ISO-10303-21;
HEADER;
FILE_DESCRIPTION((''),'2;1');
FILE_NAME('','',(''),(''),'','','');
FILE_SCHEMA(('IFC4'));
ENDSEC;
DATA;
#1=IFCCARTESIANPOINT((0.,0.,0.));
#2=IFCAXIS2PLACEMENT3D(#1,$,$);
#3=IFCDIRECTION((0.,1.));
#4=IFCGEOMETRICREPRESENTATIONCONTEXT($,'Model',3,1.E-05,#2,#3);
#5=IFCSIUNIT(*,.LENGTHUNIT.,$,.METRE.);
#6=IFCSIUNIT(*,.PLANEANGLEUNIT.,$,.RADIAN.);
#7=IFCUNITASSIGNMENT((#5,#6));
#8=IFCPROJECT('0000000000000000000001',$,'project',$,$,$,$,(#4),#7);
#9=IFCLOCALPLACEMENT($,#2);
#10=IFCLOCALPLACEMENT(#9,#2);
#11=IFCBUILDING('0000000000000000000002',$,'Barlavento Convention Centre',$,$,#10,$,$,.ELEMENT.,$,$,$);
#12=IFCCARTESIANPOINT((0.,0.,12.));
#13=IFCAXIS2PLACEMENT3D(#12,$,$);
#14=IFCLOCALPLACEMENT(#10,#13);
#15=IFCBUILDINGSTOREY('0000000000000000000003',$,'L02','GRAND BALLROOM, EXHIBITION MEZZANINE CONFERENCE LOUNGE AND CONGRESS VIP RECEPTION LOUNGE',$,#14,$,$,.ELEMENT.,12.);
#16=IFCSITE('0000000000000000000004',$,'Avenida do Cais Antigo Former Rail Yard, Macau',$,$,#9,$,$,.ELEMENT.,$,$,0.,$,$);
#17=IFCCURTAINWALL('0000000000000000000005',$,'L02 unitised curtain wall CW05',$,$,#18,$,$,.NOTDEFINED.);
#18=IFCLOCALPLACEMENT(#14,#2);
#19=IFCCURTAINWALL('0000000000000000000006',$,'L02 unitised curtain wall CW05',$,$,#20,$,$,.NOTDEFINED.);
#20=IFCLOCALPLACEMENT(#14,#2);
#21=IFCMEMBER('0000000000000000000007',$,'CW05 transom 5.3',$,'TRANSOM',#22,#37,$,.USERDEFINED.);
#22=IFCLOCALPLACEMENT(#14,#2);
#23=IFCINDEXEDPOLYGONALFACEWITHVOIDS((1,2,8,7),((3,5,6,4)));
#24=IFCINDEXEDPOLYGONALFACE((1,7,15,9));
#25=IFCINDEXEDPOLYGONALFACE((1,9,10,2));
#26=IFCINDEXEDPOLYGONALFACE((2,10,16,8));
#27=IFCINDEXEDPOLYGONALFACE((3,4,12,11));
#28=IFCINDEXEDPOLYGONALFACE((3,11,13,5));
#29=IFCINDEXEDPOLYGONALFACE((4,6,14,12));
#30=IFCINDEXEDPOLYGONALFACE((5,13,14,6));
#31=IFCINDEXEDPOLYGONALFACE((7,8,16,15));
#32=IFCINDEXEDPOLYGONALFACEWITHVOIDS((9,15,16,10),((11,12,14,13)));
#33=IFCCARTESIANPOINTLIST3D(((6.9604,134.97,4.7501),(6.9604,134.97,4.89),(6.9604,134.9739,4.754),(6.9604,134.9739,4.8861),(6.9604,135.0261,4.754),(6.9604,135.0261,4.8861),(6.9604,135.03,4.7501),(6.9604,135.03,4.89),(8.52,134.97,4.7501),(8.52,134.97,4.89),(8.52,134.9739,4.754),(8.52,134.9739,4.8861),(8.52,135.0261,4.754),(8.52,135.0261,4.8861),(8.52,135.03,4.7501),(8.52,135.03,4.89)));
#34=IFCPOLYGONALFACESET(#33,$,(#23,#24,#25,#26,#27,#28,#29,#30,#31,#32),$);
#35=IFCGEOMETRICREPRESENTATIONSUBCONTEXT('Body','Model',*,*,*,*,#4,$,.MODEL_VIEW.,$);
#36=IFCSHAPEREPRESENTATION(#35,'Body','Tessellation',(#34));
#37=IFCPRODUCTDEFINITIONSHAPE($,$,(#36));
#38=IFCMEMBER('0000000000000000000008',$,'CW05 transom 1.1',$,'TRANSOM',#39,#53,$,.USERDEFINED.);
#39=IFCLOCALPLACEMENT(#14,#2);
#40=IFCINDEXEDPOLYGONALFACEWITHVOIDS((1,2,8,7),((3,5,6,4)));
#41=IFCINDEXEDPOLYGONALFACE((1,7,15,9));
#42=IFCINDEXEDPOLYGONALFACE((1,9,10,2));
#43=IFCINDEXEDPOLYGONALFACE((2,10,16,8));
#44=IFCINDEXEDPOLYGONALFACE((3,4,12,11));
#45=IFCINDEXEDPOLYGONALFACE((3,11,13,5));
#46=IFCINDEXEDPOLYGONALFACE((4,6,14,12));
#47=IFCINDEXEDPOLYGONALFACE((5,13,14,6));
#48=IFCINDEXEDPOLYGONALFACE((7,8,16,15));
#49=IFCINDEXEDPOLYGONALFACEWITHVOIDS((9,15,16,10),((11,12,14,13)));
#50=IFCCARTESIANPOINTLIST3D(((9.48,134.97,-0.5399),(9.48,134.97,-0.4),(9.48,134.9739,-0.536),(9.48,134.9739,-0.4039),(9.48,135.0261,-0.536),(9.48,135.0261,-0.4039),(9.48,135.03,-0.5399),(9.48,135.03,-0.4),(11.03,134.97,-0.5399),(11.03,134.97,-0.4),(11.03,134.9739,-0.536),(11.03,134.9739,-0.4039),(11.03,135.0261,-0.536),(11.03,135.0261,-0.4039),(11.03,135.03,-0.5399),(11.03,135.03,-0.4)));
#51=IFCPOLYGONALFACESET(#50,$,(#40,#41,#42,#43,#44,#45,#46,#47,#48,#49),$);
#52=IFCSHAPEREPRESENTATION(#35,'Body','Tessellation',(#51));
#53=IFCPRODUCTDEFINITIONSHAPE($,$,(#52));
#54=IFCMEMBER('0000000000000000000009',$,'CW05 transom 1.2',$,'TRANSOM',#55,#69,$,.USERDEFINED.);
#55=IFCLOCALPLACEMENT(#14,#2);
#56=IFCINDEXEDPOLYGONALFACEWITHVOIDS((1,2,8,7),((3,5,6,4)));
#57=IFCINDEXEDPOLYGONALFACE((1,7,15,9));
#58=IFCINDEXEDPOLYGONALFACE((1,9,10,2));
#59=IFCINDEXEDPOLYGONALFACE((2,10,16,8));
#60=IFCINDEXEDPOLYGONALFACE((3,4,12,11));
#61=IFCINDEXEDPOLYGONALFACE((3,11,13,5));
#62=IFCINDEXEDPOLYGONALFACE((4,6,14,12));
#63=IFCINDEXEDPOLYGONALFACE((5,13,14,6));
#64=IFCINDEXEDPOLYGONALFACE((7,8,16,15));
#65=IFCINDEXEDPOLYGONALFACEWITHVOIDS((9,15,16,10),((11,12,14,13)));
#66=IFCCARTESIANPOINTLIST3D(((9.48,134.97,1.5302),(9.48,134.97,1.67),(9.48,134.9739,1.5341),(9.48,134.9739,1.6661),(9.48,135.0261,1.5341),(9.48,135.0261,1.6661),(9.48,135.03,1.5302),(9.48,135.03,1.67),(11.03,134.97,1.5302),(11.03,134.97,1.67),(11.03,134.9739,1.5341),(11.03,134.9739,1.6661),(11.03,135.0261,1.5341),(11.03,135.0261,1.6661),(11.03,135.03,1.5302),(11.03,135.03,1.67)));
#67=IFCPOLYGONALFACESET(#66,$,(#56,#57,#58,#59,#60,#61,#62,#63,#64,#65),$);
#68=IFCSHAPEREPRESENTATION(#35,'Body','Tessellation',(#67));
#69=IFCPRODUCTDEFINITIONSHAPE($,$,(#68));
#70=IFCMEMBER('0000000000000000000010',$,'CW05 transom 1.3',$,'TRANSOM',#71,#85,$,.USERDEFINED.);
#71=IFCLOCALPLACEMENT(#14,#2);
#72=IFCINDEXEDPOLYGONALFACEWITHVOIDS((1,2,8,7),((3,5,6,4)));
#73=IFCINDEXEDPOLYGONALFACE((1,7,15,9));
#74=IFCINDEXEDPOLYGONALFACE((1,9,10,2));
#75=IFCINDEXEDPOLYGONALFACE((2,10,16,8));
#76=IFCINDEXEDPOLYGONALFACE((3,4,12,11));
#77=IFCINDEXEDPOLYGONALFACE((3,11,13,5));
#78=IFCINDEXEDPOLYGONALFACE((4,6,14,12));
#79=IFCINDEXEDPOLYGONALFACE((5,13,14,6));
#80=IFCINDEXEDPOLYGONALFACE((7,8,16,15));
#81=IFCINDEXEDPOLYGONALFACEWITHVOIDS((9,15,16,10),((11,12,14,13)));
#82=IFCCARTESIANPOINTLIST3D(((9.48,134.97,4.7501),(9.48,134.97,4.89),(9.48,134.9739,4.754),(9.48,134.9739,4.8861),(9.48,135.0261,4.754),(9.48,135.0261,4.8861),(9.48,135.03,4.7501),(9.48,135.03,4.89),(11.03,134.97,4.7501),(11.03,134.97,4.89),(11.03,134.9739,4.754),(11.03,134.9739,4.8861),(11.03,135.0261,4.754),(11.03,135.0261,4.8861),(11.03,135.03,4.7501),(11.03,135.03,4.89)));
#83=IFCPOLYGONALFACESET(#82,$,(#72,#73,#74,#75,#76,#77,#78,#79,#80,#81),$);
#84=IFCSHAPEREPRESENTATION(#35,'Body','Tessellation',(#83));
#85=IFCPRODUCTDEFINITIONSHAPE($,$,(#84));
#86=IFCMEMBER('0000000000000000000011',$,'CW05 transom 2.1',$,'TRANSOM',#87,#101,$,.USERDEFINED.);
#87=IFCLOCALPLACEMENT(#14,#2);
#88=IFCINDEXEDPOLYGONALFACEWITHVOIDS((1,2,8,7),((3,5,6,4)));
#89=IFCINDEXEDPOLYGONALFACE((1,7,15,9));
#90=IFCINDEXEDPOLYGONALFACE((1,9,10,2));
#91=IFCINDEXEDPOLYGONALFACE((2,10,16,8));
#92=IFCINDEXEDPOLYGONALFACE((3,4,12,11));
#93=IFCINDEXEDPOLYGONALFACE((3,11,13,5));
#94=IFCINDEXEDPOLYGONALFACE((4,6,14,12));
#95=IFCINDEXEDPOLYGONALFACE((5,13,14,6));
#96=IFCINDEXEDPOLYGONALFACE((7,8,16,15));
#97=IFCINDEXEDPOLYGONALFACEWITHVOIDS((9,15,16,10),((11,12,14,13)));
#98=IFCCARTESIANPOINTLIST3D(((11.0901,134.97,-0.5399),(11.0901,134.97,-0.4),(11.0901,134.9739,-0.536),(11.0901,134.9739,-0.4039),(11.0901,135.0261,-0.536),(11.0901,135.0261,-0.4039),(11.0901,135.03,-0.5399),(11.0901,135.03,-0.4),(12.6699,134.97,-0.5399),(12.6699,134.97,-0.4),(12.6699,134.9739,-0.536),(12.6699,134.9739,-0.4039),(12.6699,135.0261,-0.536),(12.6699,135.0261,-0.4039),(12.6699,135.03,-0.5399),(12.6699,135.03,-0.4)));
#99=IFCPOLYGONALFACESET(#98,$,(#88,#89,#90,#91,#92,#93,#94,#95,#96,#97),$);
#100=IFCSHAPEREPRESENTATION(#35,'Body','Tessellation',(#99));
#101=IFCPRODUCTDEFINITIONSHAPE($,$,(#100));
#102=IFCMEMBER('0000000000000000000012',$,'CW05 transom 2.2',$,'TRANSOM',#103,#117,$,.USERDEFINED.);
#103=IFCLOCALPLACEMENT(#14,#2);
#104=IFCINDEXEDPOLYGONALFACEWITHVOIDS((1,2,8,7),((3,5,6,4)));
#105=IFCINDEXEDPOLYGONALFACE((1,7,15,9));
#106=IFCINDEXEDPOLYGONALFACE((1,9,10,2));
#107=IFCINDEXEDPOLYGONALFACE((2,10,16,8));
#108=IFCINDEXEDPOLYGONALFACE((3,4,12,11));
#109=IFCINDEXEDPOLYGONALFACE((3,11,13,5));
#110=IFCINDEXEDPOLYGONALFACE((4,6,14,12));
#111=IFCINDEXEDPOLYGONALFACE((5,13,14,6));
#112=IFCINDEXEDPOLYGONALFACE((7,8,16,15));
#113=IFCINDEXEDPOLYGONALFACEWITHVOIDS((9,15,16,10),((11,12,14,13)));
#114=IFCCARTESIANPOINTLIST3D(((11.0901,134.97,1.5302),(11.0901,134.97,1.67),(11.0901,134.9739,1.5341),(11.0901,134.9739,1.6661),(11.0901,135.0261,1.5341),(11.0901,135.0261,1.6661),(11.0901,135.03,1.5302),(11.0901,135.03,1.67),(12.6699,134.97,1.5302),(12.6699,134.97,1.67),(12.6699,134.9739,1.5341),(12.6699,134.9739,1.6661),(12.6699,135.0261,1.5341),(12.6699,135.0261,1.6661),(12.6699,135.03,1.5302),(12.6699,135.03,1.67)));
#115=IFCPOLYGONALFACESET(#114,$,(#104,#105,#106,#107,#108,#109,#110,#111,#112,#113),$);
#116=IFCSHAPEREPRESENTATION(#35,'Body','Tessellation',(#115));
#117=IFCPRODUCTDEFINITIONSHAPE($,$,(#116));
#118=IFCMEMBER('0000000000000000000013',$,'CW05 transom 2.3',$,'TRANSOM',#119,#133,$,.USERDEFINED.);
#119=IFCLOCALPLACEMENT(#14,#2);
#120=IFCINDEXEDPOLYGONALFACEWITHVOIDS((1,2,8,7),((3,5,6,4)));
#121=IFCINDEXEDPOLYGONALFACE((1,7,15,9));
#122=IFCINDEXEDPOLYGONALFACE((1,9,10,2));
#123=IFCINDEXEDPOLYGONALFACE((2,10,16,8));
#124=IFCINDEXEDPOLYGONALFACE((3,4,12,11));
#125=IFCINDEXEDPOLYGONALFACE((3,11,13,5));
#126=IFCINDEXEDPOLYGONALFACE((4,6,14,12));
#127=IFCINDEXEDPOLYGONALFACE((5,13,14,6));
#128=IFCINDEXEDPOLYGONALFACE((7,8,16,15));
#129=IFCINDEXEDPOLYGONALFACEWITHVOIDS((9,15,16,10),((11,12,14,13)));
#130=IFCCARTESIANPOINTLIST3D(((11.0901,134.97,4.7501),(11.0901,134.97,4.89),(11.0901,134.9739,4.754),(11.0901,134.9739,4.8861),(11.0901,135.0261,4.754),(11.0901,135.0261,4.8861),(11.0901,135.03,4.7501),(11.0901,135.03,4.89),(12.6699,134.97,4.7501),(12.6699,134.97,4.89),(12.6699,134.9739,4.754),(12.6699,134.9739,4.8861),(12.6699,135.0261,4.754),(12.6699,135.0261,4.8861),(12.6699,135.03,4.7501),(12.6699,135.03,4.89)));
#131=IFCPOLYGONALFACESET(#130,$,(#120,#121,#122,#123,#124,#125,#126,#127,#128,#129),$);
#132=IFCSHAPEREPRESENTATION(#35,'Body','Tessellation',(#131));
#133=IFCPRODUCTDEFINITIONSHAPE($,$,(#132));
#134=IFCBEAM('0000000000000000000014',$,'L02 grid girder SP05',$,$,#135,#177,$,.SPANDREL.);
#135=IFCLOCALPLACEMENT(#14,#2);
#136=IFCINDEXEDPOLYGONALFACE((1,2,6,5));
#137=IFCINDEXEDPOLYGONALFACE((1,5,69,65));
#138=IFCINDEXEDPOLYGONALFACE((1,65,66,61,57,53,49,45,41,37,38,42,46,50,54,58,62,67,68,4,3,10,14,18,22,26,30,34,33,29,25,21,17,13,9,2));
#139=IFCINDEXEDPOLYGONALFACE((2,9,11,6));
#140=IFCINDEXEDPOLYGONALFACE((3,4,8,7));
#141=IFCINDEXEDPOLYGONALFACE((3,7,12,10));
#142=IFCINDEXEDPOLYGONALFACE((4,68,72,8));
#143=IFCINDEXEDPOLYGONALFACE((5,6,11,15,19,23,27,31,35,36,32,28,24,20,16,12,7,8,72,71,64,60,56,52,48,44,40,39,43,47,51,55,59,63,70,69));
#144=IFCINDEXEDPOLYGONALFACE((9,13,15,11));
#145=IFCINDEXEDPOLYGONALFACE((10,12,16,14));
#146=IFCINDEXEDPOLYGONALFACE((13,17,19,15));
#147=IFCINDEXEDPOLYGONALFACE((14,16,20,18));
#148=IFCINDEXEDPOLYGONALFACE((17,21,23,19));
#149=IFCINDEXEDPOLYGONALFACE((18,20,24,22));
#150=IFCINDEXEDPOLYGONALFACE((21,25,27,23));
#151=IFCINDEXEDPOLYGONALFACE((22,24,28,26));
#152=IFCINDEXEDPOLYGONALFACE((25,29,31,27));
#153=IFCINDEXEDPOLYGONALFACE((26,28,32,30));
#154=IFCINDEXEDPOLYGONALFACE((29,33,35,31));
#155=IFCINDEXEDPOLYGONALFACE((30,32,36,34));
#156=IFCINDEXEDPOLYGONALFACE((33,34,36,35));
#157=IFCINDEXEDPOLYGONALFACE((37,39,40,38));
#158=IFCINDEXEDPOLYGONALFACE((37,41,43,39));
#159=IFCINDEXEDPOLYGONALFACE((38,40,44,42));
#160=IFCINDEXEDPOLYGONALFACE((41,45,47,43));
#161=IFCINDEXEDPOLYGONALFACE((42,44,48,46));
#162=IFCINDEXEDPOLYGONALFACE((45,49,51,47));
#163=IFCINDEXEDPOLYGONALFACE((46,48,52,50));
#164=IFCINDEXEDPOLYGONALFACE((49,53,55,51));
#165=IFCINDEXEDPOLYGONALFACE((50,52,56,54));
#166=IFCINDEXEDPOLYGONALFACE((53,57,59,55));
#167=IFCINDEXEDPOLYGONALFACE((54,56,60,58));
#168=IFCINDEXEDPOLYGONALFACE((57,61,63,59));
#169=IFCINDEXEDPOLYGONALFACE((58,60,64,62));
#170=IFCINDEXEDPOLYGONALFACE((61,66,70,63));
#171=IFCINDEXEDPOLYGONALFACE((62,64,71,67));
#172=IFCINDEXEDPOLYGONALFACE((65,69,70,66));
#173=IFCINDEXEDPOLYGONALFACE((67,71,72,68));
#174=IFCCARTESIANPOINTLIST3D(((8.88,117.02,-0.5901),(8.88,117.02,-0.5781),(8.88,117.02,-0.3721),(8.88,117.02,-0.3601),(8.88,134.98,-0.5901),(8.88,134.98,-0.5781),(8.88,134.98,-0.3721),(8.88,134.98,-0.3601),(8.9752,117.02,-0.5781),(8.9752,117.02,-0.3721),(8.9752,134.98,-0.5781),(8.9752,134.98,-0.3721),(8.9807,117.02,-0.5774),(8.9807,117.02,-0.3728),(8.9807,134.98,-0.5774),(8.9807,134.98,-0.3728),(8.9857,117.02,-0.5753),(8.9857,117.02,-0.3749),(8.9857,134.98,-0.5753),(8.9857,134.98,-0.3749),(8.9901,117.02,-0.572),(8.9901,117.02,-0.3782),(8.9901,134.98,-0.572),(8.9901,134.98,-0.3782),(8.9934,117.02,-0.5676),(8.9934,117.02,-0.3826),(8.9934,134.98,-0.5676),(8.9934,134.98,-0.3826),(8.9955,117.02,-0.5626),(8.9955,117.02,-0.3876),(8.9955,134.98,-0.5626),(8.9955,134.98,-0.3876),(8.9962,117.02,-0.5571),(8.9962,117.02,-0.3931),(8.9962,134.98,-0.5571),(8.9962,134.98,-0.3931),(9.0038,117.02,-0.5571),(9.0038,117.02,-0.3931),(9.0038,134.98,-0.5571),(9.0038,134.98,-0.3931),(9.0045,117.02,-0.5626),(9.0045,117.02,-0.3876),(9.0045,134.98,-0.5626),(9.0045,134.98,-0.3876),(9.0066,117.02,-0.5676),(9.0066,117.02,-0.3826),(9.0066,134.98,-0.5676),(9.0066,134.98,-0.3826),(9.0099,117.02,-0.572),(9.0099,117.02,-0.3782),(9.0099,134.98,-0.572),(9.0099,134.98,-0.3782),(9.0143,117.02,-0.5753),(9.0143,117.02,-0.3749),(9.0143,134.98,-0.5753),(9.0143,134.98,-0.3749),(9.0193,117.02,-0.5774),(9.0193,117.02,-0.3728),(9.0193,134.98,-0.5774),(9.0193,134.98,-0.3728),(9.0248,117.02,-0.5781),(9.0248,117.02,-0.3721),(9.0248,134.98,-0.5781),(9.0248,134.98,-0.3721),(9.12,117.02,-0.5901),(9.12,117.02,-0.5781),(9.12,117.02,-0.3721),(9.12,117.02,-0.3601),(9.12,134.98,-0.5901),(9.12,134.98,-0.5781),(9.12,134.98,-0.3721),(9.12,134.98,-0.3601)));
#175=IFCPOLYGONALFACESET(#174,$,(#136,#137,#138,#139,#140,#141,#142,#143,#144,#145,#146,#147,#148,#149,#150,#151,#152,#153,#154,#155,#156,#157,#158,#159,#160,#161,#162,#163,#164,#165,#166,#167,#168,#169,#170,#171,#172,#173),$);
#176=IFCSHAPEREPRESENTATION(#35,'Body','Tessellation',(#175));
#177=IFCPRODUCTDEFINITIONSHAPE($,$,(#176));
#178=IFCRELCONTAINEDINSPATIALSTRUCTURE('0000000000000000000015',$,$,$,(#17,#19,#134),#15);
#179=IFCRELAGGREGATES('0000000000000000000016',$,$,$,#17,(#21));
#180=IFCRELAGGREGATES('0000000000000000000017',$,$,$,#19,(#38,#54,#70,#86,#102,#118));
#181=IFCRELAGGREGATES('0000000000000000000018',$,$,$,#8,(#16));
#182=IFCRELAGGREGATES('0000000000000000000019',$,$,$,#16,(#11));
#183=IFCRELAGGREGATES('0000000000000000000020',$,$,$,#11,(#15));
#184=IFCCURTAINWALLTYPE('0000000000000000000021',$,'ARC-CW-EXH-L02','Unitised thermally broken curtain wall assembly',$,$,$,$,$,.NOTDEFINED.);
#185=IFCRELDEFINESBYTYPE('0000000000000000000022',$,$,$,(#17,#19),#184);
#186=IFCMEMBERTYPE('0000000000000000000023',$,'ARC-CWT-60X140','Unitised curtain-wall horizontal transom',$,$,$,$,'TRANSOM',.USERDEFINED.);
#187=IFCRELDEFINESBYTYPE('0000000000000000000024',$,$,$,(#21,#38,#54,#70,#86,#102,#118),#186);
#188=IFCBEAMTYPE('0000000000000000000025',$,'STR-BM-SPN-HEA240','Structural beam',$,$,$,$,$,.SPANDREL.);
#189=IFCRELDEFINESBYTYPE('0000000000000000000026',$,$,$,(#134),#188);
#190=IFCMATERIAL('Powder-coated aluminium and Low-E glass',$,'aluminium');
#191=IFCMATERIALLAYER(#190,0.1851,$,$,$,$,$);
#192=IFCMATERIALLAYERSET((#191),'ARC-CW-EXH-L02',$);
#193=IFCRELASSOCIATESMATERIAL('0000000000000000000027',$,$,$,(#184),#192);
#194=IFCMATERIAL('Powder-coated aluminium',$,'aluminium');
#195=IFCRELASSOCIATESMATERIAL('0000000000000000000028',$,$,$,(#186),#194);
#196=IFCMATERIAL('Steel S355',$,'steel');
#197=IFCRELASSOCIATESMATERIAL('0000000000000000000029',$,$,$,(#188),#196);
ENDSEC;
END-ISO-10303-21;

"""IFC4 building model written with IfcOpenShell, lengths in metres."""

from ifc_helpers import new_model, si_unit, direction, frame, origin, origin_2d, place, context, subcontext, project, spatial, hollow_rectangle, i_section, extrude, material, layer, layer_set, material_profile, profile_set, type_object, element, aggregate, save


model = new_model("IFC4")

# Units and contexts
model_context = context("Model", 3, precision=1e-05, world=origin(), true_north=direction((0.0, 1.0)))
body_context = subcontext(model_context, "Body", "Model", "MODEL_VIEW")
ifc_project = project(units=[si_unit("LENGTHUNIT", "METRE"), si_unit("PLANEANGLEUNIT", "RADIAN")], contexts=[model_context])

# Site, building, storey
site_placement = place(None, origin())
site = spatial("IfcSite", under=ifc_project, at=site_placement, Name="Avenida do Cais Antigo Former Rail Yard, Macau", CompositionType="ELEMENT", RefElevation=0.0)
building_placement = place(site_placement, origin())
building = spatial("IfcBuilding", under=site, at=building_placement, Name="Barlavento Convention Centre", CompositionType="ELEMENT")
storey_placement = place(building_placement, frame((0.0, 0.0, 12.0)))
storey = spatial("IfcBuildingStorey", under=building, at=storey_placement, Name="L02", Description="GRAND BALLROOM, EXHIBITION MEZZANINE CONFERENCE LOUNGE AND CONGRESS VIP RECEPTION LOUNGE", CompositionType="ELEMENT", Elevation=12.0)

# Shared definitions
ifc_material_1 = material(Name="Steel S355", Category="steel")

# Curtain walls
ifc_material_2 = material(Name="Powder-coated aluminium and Low-E glass", Category="aluminium")
ifc_layer_1 = layer(ifc_material_2, 0.1851)
ifc_layer_set_1 = layer_set([ifc_layer_1], Name="ARC-CW-EXH-L02")
curtain_wall_type = type_object("IfcCurtainWallType", Name="ARC-CW-EXH-L02", Description="Unitised thermally broken curtain wall assembly", PredefinedType="NOTDEFINED", material=ifc_layer_set_1)
curtain_wall_1_placement = place(storey_placement, origin())
curtain_wall_1 = element("IfcCurtainWall", 1, at=curtain_wall_1_placement, inside=storey, type_object=curtain_wall_type, Name="L02 unitised curtain wall CW05", PredefinedType="NOTDEFINED")
ifc_material_3 = material(Name="Powder-coated aluminium", Category="aluminium")
curtain_wall_2_placement = place(storey_placement, origin())
curtain_wall_2 = element("IfcCurtainWall", 2, at=curtain_wall_2_placement, inside=storey, type_object=curtain_wall_type, Name="L02 unitised curtain wall CW05", PredefinedType="NOTDEFINED")

# Members
ifc_material_profile_1 = material_profile(ifc_material_3, hollow_rectangle(XDim=0.0601, YDim=0.1399, WallThickness=0.0039, at=origin_2d()), Name="AL-TRAN 60x140x4")
ifc_profile_set_1 = profile_set([ifc_material_profile_1], Name="Powder-coated aluminium")
member_type_1 = type_object("IfcMemberType", Name="ARC-CWT-60X140", Description="Unitised curtain-wall horizontal transom", ElementType="TRANSOM", PredefinedType="USERDEFINED", material=ifc_profile_set_1)
member_1_placement = place(storey_placement, frame((6.9604, 135.0, 4.8201), z_axis=(1.0, 0.0, 0.0), x_axis=(0.0, 1.0, 0.0)))
member_1 = element("IfcMember", 3, at=member_1_placement, type_object=member_type_1, Name="CW05 transom 5.3", ObjectType="TRANSOM", PredefinedType="USERDEFINED", context=body_context, shape_type="SweptSolid", body=[
    extrude(hollow_rectangle(XDim=0.0601, YDim=0.1399, WallThickness=0.0039, at=origin_2d()), origin(), (0.0, 0.0, 1.0), 1.5596),
])
member_2_placement = place(storey_placement, frame((9.48, 135.0, -0.47), z_axis=(1.0, 0.0, 0.0), x_axis=(0.0, 1.0, 0.0)))
member_2 = element("IfcMember", 4, at=member_2_placement, type_object=member_type_1, Name="CW05 transom 1.1", ObjectType="TRANSOM", PredefinedType="USERDEFINED", context=body_context, shape_type="SweptSolid", body=[
    extrude(hollow_rectangle(XDim=0.0601, YDim=0.1399, WallThickness=0.0039, at=origin_2d()), origin(), (0.0, 0.0, 1.0), 1.55),
])
member_3_placement = place(storey_placement, frame((9.48, 135.0, 1.6001), z_axis=(1.0, 0.0, 0.0), x_axis=(0.0, 1.0, 0.0)))
member_3 = element("IfcMember", 5, at=member_3_placement, type_object=member_type_1, Name="CW05 transom 1.2", ObjectType="TRANSOM", PredefinedType="USERDEFINED", context=body_context, shape_type="SweptSolid", body=[
    extrude(hollow_rectangle(XDim=0.0601, YDim=0.1399, WallThickness=0.0039, at=origin_2d()), origin(), (0.0, 0.0, 1.0), 1.55),
])
member_4_placement = place(storey_placement, frame((9.48, 135.0, 4.8201), z_axis=(1.0, 0.0, 0.0), x_axis=(0.0, 1.0, 0.0)))
member_4 = element("IfcMember", 6, at=member_4_placement, type_object=member_type_1, Name="CW05 transom 1.3", ObjectType="TRANSOM", PredefinedType="USERDEFINED", context=body_context, shape_type="SweptSolid", body=[
    extrude(hollow_rectangle(XDim=0.0601, YDim=0.1399, WallThickness=0.0039, at=origin_2d()), origin(), (0.0, 0.0, 1.0), 1.55),
])
member_5_placement = place(storey_placement, frame((11.0901, 135.0, -0.47), z_axis=(1.0, 0.0, 0.0), x_axis=(0.0, 1.0, 0.0)))
member_5 = element("IfcMember", 7, at=member_5_placement, type_object=member_type_1, Name="CW05 transom 2.1", ObjectType="TRANSOM", PredefinedType="USERDEFINED", context=body_context, shape_type="SweptSolid", body=[
    extrude(hollow_rectangle(XDim=0.0601, YDim=0.1399, WallThickness=0.0039, at=origin_2d()), origin(), (0.0, 0.0, 1.0), 1.5798),
])
member_6_placement = place(storey_placement, frame((11.0901, 135.0, 1.6001), z_axis=(1.0, 0.0, 0.0), x_axis=(0.0, 1.0, 0.0)))
member_6 = element("IfcMember", 8, at=member_6_placement, type_object=member_type_1, Name="CW05 transom 2.2", ObjectType="TRANSOM", PredefinedType="USERDEFINED", context=body_context, shape_type="SweptSolid", body=[
    extrude(hollow_rectangle(XDim=0.0601, YDim=0.1399, WallThickness=0.0039, at=origin_2d()), origin(), (0.0, 0.0, 1.0), 1.5798),
])
member_7_placement = place(storey_placement, frame((11.0901, 135.0, 4.8201), z_axis=(1.0, 0.0, 0.0), x_axis=(0.0, 1.0, 0.0)))
member_7 = element("IfcMember", 9, at=member_7_placement, type_object=member_type_1, Name="CW05 transom 2.3", ObjectType="TRANSOM", PredefinedType="USERDEFINED", context=body_context, shape_type="SweptSolid", body=[
    extrude(hollow_rectangle(XDim=0.0601, YDim=0.1399, WallThickness=0.0039, at=origin_2d()), origin(), (0.0, 0.0, 1.0), 1.5798),
])

# Beam
ifc_material_profile_2 = material_profile(ifc_material_1, i_section(OverallWidth=0.24, OverallDepth=0.23, WebThickness=0.0076, FlangeThickness=0.012, FilletRadius=0.021, at=origin_2d()), Name="HEA 240")
ifc_profile_set_2 = profile_set([ifc_material_profile_2], Name="Steel S355")
beam_type_1 = type_object("IfcBeamType", Name="STR-BM-SPN-HEA240", Description="Structural beam", PredefinedType="SPANDREL", material=ifc_profile_set_2)
beam_1_placement = place(storey_placement, frame((9.0, 117.02, -0.4751), z_axis=(0.0, 1.0, 0.0), x_axis=(-1.0, 0.0, 0.0)))
element("IfcBeam", 10, at=beam_1_placement, inside=storey, type_object=beam_type_1, Name="L02 grid girder SP05", PredefinedType="SPANDREL", context=body_context, shape_type="SweptSolid", body=[
    extrude(i_section(OverallWidth=0.24, OverallDepth=0.23, WebThickness=0.0076, FlangeThickness=0.012, FilletRadius=0.021, at=origin_2d()), origin(), (0.0, 0.0, 1.0), 17.96),
])

aggregate(curtain_wall_1, [member_1])
aggregate(curtain_wall_2, [member_2, member_3, member_4, member_5, member_6, member_7])

save(model, "model.ifc")
